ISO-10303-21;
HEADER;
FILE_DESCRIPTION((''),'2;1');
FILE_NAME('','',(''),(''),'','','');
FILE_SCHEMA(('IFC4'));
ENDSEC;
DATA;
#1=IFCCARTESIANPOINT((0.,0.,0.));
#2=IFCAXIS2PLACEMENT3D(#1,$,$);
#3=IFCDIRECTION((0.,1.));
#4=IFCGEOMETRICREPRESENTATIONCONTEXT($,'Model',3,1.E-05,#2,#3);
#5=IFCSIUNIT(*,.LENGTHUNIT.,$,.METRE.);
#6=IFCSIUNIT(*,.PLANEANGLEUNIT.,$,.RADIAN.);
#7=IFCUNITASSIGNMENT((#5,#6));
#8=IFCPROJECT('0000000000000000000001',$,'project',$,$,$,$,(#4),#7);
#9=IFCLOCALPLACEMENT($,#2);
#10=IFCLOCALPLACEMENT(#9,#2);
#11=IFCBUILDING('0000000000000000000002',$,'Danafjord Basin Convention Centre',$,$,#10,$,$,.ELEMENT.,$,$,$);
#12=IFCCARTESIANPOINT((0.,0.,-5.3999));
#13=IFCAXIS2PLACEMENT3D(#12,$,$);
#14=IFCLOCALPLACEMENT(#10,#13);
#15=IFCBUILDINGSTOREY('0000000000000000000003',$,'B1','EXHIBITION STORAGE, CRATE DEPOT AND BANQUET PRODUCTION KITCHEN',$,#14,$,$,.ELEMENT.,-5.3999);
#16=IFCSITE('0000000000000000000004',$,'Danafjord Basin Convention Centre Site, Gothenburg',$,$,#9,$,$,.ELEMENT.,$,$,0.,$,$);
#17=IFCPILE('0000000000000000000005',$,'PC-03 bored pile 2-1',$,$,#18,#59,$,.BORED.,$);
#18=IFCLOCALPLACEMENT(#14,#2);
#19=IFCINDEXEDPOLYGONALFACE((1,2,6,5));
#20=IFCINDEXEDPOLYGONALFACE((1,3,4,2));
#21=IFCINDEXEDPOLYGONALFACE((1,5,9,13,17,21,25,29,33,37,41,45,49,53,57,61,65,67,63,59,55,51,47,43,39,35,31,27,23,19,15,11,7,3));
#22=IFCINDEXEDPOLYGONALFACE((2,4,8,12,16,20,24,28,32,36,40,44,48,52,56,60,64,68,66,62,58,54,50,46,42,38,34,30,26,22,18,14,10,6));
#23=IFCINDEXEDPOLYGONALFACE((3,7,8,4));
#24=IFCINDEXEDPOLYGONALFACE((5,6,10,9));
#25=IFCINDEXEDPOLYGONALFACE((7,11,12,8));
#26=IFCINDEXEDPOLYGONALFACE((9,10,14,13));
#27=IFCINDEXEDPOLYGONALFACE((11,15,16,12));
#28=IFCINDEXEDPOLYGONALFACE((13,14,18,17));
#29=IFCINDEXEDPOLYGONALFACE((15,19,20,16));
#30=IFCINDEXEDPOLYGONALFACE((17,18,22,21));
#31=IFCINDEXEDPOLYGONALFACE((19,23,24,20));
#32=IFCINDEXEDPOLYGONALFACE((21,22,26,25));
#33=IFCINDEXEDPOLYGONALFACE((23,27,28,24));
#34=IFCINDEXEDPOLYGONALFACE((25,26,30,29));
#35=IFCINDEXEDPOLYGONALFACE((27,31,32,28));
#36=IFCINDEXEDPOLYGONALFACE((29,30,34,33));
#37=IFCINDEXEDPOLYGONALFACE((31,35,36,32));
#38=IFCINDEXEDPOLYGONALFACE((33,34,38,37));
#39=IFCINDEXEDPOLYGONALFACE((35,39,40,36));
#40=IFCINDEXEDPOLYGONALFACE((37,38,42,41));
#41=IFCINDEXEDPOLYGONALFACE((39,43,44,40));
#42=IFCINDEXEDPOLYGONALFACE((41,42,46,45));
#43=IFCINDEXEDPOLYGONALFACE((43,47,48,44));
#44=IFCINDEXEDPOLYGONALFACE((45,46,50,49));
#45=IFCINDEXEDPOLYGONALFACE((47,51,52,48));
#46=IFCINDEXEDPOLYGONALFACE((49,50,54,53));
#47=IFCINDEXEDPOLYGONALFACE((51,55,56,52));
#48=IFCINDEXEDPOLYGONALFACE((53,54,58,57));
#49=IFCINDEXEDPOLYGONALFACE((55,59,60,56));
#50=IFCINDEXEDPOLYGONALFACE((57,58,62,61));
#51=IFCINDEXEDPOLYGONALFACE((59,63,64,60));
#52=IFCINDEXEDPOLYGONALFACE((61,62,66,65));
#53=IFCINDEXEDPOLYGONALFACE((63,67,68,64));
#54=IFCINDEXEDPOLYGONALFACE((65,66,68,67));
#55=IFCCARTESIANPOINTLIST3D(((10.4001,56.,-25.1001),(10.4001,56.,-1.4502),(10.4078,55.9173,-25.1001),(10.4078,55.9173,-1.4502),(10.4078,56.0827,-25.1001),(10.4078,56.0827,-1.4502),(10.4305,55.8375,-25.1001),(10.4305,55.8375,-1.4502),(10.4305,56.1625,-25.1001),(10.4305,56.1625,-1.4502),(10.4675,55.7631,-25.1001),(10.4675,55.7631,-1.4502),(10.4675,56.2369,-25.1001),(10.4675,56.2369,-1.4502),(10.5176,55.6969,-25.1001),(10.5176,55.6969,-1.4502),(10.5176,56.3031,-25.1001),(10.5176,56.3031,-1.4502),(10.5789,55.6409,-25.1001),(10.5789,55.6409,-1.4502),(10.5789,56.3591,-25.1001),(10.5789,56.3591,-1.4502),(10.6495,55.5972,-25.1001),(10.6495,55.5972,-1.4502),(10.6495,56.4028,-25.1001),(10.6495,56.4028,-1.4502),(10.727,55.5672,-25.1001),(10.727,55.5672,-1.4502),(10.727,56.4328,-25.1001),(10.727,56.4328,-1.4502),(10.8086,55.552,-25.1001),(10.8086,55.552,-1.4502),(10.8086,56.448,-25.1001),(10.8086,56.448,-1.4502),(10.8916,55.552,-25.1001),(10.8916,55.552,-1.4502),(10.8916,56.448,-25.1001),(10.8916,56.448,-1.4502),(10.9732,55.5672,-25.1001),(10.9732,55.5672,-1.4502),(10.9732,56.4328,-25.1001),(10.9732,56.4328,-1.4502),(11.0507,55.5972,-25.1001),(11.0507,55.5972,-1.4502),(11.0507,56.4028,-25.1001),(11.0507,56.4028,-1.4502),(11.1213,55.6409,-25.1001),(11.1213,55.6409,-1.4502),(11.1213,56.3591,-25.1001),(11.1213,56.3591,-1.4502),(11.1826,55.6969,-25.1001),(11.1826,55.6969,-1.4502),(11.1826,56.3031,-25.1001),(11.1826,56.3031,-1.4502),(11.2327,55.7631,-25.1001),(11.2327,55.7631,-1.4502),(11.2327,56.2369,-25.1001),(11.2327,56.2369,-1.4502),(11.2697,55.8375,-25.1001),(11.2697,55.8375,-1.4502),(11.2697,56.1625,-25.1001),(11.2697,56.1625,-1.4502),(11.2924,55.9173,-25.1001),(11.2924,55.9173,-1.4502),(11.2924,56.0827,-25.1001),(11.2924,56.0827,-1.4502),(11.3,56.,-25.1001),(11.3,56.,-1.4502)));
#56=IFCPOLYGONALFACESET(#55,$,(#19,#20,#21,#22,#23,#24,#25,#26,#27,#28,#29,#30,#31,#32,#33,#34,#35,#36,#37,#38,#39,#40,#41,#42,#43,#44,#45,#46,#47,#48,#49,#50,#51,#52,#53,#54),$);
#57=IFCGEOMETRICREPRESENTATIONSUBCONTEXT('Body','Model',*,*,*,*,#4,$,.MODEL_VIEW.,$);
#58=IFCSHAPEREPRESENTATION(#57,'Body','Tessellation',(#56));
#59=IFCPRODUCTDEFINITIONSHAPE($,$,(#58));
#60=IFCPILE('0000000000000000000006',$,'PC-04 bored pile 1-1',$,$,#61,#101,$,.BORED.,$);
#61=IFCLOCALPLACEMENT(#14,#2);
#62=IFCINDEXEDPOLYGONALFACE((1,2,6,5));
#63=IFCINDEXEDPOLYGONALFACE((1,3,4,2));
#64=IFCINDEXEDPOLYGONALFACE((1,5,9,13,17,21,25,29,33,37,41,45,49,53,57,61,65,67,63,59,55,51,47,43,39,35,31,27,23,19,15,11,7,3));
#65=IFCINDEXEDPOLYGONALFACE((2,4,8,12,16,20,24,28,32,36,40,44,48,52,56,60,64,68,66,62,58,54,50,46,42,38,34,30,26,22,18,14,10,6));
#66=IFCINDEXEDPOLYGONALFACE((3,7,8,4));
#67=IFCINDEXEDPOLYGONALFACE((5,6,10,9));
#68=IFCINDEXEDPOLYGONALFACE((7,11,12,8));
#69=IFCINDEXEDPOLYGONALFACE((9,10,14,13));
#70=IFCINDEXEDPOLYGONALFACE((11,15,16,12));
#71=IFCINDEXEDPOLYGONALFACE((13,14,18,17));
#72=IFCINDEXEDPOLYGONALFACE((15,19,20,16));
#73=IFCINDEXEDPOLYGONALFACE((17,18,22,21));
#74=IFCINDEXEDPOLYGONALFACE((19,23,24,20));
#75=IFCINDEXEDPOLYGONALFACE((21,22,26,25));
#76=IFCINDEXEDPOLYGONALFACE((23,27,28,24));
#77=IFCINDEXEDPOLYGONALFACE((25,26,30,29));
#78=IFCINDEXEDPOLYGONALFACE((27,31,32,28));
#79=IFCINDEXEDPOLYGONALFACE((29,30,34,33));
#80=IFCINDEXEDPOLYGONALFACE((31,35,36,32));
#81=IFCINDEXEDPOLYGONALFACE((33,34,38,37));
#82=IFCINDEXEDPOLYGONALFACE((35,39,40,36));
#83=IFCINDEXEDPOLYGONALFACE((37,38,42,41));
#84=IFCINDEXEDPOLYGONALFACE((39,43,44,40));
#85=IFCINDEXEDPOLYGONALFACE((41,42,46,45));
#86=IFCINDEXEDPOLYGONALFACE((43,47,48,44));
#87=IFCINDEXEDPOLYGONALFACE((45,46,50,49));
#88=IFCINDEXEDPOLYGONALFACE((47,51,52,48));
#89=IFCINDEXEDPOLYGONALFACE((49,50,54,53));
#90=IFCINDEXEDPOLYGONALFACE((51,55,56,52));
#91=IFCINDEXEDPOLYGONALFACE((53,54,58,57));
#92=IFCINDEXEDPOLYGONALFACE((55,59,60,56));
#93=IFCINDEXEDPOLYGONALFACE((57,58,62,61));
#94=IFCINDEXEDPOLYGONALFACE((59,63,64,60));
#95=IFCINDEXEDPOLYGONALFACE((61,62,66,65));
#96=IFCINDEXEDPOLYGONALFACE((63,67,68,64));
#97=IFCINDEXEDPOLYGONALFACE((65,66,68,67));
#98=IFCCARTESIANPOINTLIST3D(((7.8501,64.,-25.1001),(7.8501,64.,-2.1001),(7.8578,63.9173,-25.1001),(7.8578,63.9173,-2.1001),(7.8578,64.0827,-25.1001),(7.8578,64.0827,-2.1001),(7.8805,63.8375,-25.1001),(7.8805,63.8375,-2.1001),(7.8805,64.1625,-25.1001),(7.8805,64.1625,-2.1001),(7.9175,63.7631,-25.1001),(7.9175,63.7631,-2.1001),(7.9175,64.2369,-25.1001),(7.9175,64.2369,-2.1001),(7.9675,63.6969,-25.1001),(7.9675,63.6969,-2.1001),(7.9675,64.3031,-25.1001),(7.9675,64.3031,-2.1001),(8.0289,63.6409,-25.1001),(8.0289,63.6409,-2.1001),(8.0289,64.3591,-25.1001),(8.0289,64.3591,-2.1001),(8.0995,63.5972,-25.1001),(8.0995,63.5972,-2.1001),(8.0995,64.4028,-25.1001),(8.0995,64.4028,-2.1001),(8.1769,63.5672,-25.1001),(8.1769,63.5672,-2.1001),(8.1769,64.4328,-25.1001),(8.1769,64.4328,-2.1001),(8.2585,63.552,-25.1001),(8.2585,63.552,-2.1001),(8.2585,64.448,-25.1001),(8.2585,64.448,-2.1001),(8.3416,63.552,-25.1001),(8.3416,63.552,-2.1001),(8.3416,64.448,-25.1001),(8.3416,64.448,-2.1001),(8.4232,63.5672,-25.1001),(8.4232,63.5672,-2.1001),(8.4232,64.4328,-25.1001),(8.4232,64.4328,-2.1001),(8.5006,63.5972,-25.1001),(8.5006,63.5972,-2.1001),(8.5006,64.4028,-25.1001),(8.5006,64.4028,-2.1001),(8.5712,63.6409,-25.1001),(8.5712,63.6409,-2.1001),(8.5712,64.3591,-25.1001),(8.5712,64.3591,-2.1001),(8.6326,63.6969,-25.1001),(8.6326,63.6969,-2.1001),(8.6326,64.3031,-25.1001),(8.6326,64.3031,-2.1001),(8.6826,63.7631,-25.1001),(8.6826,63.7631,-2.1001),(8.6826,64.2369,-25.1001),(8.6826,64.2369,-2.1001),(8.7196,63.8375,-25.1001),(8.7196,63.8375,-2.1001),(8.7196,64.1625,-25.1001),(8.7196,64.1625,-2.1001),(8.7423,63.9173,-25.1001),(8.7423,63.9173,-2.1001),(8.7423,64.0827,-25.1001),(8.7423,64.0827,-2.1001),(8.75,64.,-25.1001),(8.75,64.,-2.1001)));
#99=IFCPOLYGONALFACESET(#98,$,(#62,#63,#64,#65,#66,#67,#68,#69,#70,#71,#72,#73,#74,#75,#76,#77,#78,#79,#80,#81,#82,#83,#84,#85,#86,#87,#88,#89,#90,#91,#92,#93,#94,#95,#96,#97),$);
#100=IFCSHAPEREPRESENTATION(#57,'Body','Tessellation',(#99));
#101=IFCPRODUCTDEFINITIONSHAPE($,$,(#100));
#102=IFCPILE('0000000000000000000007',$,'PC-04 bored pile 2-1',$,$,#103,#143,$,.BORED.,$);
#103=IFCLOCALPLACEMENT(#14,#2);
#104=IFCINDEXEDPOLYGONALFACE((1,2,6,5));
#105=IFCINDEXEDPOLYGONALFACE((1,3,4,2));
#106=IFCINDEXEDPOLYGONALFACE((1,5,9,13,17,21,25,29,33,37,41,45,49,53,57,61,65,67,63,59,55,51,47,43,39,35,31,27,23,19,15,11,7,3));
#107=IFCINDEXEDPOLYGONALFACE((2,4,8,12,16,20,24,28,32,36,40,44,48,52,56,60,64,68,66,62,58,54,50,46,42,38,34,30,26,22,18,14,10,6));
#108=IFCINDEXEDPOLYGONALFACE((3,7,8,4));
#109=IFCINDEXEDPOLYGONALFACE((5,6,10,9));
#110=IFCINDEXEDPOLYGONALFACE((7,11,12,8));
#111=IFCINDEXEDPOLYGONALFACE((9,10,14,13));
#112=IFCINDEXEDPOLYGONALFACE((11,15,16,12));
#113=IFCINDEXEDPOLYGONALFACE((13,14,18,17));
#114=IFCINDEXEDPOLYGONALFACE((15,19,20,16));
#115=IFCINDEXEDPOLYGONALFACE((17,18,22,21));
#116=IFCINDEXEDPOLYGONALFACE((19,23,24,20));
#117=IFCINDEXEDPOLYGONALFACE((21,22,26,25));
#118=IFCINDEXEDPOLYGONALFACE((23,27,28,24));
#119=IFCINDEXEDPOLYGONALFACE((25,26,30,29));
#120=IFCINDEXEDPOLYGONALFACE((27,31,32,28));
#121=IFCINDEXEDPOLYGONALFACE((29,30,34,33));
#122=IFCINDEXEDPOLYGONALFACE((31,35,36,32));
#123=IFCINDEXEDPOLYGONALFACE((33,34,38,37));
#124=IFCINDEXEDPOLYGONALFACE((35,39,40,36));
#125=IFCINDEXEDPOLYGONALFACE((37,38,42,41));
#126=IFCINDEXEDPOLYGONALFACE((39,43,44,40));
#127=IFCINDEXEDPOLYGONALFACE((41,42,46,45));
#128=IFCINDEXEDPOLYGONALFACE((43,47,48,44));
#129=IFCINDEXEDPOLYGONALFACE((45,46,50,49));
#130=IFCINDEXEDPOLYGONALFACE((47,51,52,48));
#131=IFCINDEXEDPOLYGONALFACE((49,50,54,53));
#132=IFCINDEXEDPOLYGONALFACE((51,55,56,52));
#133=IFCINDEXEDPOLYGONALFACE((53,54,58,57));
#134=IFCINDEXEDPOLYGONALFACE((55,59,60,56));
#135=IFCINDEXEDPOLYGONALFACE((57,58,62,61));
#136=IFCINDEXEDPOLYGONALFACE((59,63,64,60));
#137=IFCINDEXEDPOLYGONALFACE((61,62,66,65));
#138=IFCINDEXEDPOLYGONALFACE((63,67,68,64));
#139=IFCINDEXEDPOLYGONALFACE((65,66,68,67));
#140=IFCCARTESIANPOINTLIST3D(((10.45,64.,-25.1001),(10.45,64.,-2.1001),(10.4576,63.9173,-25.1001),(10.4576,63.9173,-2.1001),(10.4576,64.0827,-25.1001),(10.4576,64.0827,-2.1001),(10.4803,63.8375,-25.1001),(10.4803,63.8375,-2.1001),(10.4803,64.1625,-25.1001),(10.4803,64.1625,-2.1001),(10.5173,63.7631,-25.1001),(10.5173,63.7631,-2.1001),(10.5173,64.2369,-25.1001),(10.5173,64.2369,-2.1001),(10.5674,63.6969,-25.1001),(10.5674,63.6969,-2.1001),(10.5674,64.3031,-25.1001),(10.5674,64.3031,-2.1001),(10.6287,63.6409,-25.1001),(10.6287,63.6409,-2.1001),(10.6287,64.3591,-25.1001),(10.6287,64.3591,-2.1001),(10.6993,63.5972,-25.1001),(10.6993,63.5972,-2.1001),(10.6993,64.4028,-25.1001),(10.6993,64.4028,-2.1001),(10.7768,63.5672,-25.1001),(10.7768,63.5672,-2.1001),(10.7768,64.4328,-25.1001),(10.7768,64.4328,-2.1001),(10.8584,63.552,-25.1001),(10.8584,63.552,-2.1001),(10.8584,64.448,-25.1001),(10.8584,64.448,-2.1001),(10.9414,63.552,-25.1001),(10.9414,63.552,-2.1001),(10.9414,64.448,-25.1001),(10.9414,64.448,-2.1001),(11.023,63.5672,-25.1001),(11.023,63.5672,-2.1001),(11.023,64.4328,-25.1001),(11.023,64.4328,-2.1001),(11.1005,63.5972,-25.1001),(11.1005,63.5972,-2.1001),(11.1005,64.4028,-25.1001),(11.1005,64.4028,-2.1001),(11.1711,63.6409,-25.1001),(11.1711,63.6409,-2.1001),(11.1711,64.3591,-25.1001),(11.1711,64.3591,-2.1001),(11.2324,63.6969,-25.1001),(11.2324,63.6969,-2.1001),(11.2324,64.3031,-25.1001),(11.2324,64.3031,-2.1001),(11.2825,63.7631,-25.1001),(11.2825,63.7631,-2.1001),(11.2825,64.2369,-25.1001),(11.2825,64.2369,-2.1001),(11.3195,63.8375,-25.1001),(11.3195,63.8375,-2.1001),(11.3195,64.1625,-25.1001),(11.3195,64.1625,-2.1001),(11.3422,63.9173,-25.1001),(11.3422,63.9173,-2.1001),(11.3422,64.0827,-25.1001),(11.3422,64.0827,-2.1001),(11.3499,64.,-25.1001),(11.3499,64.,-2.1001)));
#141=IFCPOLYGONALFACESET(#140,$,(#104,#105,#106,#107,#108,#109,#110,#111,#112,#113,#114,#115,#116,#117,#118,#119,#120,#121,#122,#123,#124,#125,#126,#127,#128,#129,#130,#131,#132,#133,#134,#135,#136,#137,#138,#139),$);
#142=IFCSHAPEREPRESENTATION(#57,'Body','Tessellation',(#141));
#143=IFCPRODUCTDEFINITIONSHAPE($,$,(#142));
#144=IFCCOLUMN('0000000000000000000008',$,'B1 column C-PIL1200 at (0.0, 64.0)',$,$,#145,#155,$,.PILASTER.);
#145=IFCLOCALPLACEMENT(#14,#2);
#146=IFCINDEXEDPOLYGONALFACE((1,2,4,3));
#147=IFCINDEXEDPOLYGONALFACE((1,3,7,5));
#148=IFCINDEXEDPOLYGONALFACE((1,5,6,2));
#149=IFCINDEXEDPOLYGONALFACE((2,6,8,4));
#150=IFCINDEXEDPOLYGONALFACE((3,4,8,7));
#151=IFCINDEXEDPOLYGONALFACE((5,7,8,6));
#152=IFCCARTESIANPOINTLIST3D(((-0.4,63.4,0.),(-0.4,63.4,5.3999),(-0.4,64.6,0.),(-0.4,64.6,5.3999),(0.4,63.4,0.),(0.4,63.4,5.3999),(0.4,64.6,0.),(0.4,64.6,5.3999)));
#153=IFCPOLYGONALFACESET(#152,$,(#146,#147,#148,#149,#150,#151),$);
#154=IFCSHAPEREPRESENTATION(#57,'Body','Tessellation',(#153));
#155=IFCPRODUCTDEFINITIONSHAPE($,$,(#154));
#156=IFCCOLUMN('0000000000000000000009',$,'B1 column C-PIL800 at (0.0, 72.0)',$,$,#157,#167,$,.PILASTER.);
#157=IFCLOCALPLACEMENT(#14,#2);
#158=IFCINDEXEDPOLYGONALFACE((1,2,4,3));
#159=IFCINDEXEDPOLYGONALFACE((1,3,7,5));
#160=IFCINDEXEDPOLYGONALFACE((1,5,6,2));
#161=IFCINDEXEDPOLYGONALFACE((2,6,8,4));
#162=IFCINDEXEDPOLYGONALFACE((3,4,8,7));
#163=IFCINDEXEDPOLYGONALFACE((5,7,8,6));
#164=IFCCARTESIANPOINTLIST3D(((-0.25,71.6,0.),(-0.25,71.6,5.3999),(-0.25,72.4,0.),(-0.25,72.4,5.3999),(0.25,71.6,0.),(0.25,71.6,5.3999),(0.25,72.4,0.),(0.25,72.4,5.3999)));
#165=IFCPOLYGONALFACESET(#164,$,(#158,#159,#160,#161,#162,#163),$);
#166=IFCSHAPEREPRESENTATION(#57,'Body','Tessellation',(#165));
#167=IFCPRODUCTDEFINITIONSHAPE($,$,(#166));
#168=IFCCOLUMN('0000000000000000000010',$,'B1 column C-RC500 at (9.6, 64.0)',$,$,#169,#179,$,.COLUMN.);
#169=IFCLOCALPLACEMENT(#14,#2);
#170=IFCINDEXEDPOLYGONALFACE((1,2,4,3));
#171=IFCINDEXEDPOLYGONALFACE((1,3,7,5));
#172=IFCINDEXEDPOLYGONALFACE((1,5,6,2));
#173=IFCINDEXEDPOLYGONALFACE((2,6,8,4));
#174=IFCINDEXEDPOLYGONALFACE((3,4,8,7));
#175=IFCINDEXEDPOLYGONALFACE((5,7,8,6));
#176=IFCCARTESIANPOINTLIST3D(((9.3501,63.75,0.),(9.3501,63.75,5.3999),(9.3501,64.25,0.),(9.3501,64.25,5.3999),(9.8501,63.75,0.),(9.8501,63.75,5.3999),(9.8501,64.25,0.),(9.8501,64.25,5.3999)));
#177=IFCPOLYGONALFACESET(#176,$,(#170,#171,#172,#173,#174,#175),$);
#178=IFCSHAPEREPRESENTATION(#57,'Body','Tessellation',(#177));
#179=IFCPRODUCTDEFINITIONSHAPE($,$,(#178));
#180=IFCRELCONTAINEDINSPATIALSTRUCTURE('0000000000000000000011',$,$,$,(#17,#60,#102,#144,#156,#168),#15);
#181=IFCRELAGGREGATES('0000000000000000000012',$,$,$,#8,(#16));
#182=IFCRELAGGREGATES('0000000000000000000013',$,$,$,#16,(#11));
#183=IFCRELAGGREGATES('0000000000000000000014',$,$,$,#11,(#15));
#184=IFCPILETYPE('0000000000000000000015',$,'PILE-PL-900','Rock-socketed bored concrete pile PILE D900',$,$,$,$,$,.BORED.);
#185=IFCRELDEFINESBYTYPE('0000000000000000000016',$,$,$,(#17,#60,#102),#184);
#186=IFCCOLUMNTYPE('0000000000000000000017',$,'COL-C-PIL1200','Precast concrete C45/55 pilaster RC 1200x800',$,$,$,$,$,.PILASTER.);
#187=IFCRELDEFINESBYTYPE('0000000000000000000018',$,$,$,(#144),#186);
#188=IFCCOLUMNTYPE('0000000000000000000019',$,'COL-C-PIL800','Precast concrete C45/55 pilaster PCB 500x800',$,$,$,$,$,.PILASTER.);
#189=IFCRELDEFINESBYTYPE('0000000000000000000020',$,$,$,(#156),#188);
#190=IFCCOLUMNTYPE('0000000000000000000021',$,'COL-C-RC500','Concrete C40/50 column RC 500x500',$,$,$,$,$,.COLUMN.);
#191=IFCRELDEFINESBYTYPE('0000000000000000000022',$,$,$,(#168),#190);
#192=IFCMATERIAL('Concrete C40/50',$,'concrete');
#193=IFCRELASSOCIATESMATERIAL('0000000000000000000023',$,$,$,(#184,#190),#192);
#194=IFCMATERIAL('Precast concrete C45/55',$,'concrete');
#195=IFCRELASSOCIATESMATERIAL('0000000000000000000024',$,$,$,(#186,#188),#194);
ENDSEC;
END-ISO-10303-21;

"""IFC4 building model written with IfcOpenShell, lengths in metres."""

from ifc_helpers import new_model, si_unit, direction, frame, origin, origin_2d, place, context, subcontext, project, spatial, rectangle, circle, extrude, material, material_profile, profile_set, type_object, element, save


model = new_model("IFC4")

# Units and contexts
model_context = context("Model", 3, precision=1e-05, world=origin(), true_north=direction((0.0, 1.0)))
body_context = subcontext(model_context, "Body", "Model", "MODEL_VIEW")
ifc_project = project(units=[si_unit("LENGTHUNIT", "METRE"), si_unit("PLANEANGLEUNIT", "RADIAN")], contexts=[model_context])

# Site, building, storey
site_placement = place(None, origin())
site = spatial("IfcSite", under=ifc_project, at=site_placement, Name="Danafjord Basin Convention Centre Site, Gothenburg", CompositionType="ELEMENT", RefElevation=0.0)
building_placement = place(site_placement, origin())
building = spatial("IfcBuilding", under=site, at=building_placement, Name="Danafjord Basin Convention Centre", CompositionType="ELEMENT")
storey_placement = place(building_placement, frame((0.0, 0.0, -5.3999)))
storey = spatial("IfcBuildingStorey", under=building, at=storey_placement, Name="B1", Description="EXHIBITION STORAGE, CRATE DEPOT AND BANQUET PRODUCTION KITCHEN", CompositionType="ELEMENT", Elevation=-5.3999)

# Shared definitions
ifc_material_1 = material(Name="Concrete C40/50", Category="concrete")

# Piles
ifc_material_profile_1 = material_profile(ifc_material_1, circle(Radius=0.45, at=origin_2d()), Name="PILE D900")
ifc_profile_set_1 = profile_set([ifc_material_profile_1], Name="Concrete C40/50")
pile_type_1 = type_object("IfcPileType", Name="PILE-PL-900", Description="Rock-socketed bored concrete pile PILE D900", PredefinedType="BORED", material=ifc_profile_set_1)
pile_placement = place(storey_placement, frame((10.8501, 56.0, -1.4502), z_axis=(0.0, 0.0, -1.0), x_axis=(1.0, 0.0, 0.0)))
element("IfcPile", 1, at=pile_placement, inside=storey, type_object=pile_type_1, Name="PC-03 bored pile 2-1", PredefinedType="BORED", context=body_context, shape_type="SweptSolid", body=[
    extrude(circle(Radius=0.45, at=origin_2d()), origin(), (0.0, 0.0, 1.0), 23.6499),
])
for number, where, z_axis, x_axis, name in (
    (2, (8.3, 64.0, -2.1001), (0.0, 0.0, -1.0), (1.0, 0.0, 0.0), "PC-04 bored pile 1-1"),
    (3, (10.8999, 64.0, -2.1001), (0.0, 0.0, -1.0), (1.0, 0.0, 0.0), "PC-04 bored pile 2-1"),
):
    element("IfcPile", number, at=place(storey_placement, frame(where, z_axis=z_axis, x_axis=x_axis)), inside=storey, type_object=pile_type_1, Name=name, PredefinedType="BORED", context=body_context, shape_type="SweptSolid", body=[
        extrude(circle(Radius=0.45, at=origin_2d()), origin(), (0.0, 0.0, 1.0), 23.0),
    ])

# Columns
ifc_material_2 = material(Name="Precast concrete C45/55", Category="concrete")
ifc_material_profile_2 = material_profile(ifc_material_2, rectangle(XDim=0.8, YDim=1.2, at=origin_2d()), Name="RC 1200x800")
ifc_profile_set_2 = profile_set([ifc_material_profile_2], Name="Precast concrete C45/55")
column_type_1 = type_object("IfcColumnType", Name="COL-C-PIL1200", Description="Precast concrete C45/55 pilaster RC 1200x800", PredefinedType="PILASTER", material=ifc_profile_set_2)
column_1_placement = place(storey_placement, frame((0.0, 64.0, 0.0), z_axis=(0.0, 0.0, 1.0), x_axis=(1.0, 0.0, 0.0)))
element("IfcColumn", 4, at=column_1_placement, inside=storey, type_object=column_type_1, Name="B1 column C-PIL1200 at (0.0, 64.0)", PredefinedType="PILASTER", context=body_context, shape_type="SweptSolid", body=[
    extrude(rectangle(XDim=0.8, YDim=1.2, at=origin_2d()), origin(), (0.0, 0.0, 1.0), 5.3999),
])
ifc_material_profile_3 = material_profile(ifc_material_2, rectangle(XDim=0.5, YDim=0.8, at=origin_2d()), Name="PCB 500x800")
ifc_profile_set_3 = profile_set([ifc_material_profile_3], Name="Precast concrete C45/55")
column_type_2 = type_object("IfcColumnType", Name="COL-C-PIL800", Description="Precast concrete C45/55 pilaster PCB 500x800", PredefinedType="PILASTER", material=ifc_profile_set_3)
column_2_placement = place(storey_placement, frame((0.0, 72.0, 0.0), z_axis=(0.0, 0.0, 1.0), x_axis=(1.0, 0.0, 0.0)))
element("IfcColumn", 5, at=column_2_placement, inside=storey, type_object=column_type_2, Name="B1 column C-PIL800 at (0.0, 72.0)", PredefinedType="PILASTER", context=body_context, shape_type="SweptSolid", body=[
    extrude(rectangle(XDim=0.5, YDim=0.8, at=origin_2d()), origin(), (0.0, 0.0, 1.0), 5.3999),
])
ifc_material_profile_4 = material_profile(ifc_material_1, rectangle(XDim=0.5, YDim=0.5, at=origin_2d()), Name="RC 500x500")
ifc_profile_set_4 = profile_set([ifc_material_profile_4], Name="Concrete C40/50")
column_type_3 = type_object("IfcColumnType", Name="COL-C-RC500", Description="Concrete C40/50 column RC 500x500", PredefinedType="COLUMN", material=ifc_profile_set_4)
column_3_placement = place(storey_placement, frame((9.6001, 64.0, 0.0), z_axis=(0.0, 0.0, 1.0), x_axis=(1.0, 0.0, 0.0)))
element("IfcColumn", 6, at=column_3_placement, inside=storey, type_object=column_type_3, Name="B1 column C-RC500 at (9.6, 64.0)", PredefinedType="COLUMN", context=body_context, shape_type="SweptSolid", body=[
    extrude(rectangle(XDim=0.5, YDim=0.5, at=origin_2d()), origin(), (0.0, 0.0, 1.0), 5.3999),
])

save(model, "model.ifc")
